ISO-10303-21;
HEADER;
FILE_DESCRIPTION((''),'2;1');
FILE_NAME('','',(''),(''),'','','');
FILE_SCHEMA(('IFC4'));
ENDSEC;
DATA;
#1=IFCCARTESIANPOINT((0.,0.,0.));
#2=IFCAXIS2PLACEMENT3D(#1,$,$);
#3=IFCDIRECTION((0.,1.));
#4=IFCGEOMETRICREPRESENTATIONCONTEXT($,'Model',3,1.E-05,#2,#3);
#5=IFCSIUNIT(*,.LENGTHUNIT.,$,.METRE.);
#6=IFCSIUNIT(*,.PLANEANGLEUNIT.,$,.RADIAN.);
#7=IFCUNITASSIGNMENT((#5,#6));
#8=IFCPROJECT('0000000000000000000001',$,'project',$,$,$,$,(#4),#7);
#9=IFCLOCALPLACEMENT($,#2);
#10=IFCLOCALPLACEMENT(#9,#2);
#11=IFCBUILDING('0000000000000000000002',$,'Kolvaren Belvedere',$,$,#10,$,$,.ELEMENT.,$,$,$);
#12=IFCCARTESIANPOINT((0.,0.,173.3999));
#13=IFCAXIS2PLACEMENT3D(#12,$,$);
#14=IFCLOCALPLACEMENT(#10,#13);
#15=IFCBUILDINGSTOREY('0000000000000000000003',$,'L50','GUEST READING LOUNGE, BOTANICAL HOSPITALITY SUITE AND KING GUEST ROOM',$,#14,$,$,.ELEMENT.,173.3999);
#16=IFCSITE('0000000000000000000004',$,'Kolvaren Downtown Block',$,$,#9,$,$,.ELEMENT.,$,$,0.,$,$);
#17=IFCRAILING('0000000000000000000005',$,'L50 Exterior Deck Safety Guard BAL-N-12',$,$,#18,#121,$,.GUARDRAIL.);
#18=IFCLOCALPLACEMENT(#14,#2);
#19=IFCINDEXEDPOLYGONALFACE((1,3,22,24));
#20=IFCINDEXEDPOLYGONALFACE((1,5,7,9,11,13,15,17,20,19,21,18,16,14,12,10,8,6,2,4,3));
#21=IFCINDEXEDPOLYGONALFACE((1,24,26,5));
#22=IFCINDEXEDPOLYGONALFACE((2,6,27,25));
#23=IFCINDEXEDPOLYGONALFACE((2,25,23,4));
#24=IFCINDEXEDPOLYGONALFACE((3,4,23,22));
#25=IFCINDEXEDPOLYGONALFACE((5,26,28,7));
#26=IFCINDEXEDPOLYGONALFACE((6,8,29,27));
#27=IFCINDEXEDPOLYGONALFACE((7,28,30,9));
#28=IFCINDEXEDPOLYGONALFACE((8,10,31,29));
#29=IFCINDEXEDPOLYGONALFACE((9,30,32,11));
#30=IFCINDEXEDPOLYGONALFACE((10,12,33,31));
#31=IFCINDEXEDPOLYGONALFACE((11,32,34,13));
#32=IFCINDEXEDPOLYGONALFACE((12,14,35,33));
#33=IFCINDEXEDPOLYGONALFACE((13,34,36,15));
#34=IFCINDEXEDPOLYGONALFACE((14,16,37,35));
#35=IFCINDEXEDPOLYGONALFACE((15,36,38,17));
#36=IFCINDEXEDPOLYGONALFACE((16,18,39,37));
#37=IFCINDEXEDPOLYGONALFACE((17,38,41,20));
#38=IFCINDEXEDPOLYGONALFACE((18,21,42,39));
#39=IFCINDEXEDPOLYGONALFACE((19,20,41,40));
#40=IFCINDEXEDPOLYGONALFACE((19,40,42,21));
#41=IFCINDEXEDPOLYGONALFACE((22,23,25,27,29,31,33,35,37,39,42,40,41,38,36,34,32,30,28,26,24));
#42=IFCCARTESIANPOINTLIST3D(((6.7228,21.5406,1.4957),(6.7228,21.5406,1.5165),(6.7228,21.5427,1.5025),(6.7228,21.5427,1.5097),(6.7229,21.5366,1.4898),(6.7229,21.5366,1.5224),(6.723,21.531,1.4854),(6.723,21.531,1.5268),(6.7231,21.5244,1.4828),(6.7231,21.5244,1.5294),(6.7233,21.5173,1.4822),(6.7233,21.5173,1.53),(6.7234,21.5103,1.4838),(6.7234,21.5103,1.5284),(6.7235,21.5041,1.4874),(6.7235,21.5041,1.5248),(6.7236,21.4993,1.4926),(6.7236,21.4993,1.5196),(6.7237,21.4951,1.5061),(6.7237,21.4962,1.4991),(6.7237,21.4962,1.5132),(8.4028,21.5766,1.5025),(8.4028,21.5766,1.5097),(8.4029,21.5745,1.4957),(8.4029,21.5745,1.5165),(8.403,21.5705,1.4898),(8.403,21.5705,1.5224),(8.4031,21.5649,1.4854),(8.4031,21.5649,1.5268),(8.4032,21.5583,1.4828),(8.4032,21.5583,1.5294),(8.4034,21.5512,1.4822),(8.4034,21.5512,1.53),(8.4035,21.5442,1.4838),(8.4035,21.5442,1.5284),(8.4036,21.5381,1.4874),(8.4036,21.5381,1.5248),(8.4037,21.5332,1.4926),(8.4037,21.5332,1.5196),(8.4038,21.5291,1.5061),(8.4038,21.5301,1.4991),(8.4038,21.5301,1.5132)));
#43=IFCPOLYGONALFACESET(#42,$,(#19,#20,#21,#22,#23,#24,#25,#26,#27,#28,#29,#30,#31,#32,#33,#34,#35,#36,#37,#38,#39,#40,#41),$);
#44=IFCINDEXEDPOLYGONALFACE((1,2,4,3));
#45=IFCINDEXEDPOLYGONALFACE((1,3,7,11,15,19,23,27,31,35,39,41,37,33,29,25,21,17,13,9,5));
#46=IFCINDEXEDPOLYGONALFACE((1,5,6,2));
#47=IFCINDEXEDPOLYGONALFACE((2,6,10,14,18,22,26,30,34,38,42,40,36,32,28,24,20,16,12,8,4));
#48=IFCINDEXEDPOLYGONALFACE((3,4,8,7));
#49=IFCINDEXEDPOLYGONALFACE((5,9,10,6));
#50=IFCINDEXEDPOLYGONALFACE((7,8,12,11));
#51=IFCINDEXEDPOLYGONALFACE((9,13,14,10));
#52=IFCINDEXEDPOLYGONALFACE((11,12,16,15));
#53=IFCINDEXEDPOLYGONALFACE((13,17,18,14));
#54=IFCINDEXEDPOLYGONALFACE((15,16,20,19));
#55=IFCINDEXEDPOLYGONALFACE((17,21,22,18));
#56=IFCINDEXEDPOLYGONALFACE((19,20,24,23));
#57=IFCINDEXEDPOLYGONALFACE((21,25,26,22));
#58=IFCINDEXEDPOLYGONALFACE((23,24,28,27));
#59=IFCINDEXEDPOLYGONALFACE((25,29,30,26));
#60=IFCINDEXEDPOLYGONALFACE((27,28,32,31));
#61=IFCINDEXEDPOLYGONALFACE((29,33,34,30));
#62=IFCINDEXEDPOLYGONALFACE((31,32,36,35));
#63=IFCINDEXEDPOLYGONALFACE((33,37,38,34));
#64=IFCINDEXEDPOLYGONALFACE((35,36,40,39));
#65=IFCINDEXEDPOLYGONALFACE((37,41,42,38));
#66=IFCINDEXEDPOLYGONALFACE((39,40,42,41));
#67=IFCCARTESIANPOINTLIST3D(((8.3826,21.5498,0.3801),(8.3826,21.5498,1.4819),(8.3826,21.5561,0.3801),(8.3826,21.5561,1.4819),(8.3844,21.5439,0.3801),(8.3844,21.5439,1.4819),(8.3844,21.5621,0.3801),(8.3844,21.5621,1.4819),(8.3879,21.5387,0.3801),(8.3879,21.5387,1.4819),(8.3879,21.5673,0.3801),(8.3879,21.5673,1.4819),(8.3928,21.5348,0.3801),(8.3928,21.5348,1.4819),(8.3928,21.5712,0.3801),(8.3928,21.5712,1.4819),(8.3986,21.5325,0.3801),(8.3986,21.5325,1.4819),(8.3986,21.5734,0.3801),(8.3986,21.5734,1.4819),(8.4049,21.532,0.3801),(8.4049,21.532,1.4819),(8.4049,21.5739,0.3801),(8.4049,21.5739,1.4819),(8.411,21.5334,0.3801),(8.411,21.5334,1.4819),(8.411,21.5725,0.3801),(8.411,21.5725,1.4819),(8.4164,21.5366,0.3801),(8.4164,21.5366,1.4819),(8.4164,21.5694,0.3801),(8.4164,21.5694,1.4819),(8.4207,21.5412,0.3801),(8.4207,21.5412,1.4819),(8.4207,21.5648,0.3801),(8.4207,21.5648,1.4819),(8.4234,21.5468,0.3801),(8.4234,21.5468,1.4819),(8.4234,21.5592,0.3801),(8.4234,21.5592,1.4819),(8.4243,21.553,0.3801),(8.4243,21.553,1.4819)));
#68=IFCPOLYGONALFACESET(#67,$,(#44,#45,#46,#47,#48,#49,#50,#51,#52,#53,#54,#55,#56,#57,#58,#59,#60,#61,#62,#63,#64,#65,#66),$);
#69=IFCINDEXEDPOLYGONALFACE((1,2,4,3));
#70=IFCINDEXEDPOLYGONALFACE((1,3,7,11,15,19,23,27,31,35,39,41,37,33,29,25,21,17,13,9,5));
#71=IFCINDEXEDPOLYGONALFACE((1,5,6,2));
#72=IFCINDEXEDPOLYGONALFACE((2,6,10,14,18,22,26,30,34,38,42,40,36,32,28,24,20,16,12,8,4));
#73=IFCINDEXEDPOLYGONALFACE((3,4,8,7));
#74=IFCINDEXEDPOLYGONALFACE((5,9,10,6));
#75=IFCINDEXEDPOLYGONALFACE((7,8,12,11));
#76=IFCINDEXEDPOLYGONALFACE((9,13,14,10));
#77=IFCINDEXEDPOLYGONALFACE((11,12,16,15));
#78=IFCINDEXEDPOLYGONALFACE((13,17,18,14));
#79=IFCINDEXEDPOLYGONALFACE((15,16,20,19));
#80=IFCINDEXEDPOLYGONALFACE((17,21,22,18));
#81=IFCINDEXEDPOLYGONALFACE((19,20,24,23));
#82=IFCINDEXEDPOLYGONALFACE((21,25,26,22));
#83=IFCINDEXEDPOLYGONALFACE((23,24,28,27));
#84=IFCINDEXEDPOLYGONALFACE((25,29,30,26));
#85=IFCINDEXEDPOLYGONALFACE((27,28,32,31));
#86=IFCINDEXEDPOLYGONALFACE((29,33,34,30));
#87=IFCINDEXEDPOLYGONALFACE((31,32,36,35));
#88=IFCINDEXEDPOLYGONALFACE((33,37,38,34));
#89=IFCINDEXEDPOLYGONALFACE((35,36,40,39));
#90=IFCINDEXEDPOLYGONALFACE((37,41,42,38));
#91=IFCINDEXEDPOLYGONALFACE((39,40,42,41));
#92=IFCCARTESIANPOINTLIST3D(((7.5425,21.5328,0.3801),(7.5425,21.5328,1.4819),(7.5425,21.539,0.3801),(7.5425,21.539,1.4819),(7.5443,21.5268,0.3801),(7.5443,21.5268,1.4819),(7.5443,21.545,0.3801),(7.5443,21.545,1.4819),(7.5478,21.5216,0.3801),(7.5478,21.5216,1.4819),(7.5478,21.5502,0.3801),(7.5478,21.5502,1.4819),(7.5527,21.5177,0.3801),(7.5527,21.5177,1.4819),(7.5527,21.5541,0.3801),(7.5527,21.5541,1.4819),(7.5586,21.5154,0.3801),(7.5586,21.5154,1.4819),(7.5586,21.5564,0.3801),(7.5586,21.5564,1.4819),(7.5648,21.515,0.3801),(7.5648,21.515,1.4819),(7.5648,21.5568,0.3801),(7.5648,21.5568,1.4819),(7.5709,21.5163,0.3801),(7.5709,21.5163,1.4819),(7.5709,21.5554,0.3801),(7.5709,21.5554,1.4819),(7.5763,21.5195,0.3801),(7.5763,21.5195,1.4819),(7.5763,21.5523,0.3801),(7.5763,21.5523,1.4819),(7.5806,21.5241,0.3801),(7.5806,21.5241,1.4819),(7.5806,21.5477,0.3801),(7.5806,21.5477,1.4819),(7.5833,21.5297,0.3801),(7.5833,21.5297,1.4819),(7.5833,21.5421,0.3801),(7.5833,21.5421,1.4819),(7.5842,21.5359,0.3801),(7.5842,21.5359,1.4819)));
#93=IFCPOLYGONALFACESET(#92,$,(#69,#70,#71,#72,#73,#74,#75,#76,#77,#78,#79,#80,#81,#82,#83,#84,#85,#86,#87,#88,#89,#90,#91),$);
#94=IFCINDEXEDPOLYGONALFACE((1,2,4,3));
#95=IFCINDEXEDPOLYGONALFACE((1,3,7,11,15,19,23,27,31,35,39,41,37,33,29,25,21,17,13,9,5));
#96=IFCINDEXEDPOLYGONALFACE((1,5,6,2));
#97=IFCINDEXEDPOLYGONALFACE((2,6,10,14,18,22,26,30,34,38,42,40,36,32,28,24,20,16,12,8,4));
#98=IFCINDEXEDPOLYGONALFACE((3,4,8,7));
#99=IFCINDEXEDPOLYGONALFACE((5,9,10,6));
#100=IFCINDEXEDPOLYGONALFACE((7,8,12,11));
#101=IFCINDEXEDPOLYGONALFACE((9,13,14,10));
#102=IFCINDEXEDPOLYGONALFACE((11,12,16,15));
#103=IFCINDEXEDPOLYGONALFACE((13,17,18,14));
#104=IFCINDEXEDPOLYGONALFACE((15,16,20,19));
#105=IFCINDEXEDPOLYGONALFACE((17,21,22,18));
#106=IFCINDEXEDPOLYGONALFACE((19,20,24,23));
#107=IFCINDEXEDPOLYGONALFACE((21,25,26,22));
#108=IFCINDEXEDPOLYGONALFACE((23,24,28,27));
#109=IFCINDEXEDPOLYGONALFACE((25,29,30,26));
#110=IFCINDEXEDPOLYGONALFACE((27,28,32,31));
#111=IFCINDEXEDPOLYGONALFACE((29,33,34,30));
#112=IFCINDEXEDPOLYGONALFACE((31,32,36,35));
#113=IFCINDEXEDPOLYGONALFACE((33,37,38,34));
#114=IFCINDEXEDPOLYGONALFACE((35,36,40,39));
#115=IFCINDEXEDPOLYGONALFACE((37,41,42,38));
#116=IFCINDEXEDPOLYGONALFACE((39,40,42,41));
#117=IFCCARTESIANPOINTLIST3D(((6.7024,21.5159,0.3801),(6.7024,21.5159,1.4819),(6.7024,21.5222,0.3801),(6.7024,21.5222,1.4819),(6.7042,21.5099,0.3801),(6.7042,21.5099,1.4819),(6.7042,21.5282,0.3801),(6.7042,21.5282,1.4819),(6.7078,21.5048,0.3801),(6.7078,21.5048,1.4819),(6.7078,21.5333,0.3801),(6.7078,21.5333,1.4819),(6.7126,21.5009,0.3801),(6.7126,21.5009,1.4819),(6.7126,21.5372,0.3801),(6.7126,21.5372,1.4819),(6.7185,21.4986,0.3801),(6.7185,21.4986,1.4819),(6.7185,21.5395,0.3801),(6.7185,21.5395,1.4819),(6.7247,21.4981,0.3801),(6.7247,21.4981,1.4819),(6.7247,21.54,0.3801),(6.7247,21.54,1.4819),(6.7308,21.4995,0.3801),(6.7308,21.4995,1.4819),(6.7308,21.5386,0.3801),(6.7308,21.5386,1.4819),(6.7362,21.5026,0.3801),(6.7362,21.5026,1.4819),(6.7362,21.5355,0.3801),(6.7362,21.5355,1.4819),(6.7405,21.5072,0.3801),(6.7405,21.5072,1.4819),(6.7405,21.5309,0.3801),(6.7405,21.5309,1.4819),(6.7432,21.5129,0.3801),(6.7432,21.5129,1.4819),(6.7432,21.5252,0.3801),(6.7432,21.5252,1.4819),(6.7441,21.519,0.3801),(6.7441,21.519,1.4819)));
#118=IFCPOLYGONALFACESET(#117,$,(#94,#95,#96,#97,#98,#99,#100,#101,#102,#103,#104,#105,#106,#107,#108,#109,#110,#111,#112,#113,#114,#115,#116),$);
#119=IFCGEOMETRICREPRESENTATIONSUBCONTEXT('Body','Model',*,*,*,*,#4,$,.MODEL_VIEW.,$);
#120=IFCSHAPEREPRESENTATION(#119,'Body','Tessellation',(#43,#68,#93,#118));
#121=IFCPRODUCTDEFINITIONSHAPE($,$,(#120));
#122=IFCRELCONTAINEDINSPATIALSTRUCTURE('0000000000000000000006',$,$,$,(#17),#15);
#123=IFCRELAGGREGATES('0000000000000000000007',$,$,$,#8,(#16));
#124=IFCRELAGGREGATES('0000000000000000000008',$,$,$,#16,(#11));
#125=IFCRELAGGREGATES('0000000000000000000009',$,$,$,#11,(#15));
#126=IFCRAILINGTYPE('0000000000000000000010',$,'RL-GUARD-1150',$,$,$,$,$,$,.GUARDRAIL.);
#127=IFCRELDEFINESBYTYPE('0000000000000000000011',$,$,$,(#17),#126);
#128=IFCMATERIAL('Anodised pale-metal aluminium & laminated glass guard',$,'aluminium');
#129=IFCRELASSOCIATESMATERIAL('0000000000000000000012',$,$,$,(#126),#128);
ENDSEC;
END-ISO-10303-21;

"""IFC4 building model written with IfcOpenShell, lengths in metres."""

from ifc_helpers import new_model, si_unit, direction, frame, origin, origin_2d, place, context, subcontext, project, spatial, circle, extrude, material, type_object, element, save


model = new_model("IFC4")

# Units and contexts
model_context = context("Model", 3, precision=1e-05, world=origin(), true_north=direction((0.0, 1.0)))
body_context = subcontext(model_context, "Body", "Model", "MODEL_VIEW")
ifc_project = project(units=[si_unit("LENGTHUNIT", "METRE"), si_unit("PLANEANGLEUNIT", "RADIAN")], contexts=[model_context])

# Site, building, storey
site_placement = place(None, origin())
site = spatial("IfcSite", under=ifc_project, at=site_placement, Name="Kolvaren Downtown Block", CompositionType="ELEMENT", RefElevation=0.0)
building_placement = place(site_placement, origin())
building = spatial("IfcBuilding", under=site, at=building_placement, Name="Kolvaren Belvedere", CompositionType="ELEMENT")
storey_placement = place(building_placement, frame((0.0, 0.0, 173.3999)))
storey = spatial("IfcBuildingStorey", under=building, at=storey_placement, Name="L50", Description="GUEST READING LOUNGE, BOTANICAL HOSPITALITY SUITE AND KING GUEST ROOM", CompositionType="ELEMENT", Elevation=173.3999)

# Railing
ifc_material_1 = material(Name="Anodised pale-metal aluminium & laminated glass guard", Category="aluminium")
railing_type = type_object("IfcRailingType", Name="RL-GUARD-1150", PredefinedType="GUARDRAIL", material=ifc_material_1)
railing_1_placement = place(storey_placement, frame((8.4033, 21.553, 0.3801)))
element("IfcRailing", 1, at=railing_1_placement, inside=storey, type_object=railing_type, Name="L50 Exterior Deck Safety Guard BAL-N-12", PredefinedType="GUARDRAIL", context=body_context, shape_type="SweptSolid", body=[
    extrude(circle(Radius=0.0239, at=origin_2d()), frame((0.0, 0.0, 1.126), z_axis=(-0.999796, -0.020193, 0.0), x_axis=(0.020193, -0.999796, 0.0)), (0.0, 0.0, 1.0), 1.6804),
    extrude(circle(Radius=0.021, at=origin_2d()), origin(), (0.0, 0.0, 1.0), 1.1018),
    extrude(circle(Radius=0.021, at=origin_2d()), frame((-0.8401, -0.0171, 0.0)), (0.0, 0.0, 1.0), 1.1018),
    extrude(circle(Radius=0.021, at=origin_2d()), frame((-1.6802, -0.0339, 0.0)), (0.0, 0.0, 1.0), 1.1018),
])

save(model, "model.ifc")
